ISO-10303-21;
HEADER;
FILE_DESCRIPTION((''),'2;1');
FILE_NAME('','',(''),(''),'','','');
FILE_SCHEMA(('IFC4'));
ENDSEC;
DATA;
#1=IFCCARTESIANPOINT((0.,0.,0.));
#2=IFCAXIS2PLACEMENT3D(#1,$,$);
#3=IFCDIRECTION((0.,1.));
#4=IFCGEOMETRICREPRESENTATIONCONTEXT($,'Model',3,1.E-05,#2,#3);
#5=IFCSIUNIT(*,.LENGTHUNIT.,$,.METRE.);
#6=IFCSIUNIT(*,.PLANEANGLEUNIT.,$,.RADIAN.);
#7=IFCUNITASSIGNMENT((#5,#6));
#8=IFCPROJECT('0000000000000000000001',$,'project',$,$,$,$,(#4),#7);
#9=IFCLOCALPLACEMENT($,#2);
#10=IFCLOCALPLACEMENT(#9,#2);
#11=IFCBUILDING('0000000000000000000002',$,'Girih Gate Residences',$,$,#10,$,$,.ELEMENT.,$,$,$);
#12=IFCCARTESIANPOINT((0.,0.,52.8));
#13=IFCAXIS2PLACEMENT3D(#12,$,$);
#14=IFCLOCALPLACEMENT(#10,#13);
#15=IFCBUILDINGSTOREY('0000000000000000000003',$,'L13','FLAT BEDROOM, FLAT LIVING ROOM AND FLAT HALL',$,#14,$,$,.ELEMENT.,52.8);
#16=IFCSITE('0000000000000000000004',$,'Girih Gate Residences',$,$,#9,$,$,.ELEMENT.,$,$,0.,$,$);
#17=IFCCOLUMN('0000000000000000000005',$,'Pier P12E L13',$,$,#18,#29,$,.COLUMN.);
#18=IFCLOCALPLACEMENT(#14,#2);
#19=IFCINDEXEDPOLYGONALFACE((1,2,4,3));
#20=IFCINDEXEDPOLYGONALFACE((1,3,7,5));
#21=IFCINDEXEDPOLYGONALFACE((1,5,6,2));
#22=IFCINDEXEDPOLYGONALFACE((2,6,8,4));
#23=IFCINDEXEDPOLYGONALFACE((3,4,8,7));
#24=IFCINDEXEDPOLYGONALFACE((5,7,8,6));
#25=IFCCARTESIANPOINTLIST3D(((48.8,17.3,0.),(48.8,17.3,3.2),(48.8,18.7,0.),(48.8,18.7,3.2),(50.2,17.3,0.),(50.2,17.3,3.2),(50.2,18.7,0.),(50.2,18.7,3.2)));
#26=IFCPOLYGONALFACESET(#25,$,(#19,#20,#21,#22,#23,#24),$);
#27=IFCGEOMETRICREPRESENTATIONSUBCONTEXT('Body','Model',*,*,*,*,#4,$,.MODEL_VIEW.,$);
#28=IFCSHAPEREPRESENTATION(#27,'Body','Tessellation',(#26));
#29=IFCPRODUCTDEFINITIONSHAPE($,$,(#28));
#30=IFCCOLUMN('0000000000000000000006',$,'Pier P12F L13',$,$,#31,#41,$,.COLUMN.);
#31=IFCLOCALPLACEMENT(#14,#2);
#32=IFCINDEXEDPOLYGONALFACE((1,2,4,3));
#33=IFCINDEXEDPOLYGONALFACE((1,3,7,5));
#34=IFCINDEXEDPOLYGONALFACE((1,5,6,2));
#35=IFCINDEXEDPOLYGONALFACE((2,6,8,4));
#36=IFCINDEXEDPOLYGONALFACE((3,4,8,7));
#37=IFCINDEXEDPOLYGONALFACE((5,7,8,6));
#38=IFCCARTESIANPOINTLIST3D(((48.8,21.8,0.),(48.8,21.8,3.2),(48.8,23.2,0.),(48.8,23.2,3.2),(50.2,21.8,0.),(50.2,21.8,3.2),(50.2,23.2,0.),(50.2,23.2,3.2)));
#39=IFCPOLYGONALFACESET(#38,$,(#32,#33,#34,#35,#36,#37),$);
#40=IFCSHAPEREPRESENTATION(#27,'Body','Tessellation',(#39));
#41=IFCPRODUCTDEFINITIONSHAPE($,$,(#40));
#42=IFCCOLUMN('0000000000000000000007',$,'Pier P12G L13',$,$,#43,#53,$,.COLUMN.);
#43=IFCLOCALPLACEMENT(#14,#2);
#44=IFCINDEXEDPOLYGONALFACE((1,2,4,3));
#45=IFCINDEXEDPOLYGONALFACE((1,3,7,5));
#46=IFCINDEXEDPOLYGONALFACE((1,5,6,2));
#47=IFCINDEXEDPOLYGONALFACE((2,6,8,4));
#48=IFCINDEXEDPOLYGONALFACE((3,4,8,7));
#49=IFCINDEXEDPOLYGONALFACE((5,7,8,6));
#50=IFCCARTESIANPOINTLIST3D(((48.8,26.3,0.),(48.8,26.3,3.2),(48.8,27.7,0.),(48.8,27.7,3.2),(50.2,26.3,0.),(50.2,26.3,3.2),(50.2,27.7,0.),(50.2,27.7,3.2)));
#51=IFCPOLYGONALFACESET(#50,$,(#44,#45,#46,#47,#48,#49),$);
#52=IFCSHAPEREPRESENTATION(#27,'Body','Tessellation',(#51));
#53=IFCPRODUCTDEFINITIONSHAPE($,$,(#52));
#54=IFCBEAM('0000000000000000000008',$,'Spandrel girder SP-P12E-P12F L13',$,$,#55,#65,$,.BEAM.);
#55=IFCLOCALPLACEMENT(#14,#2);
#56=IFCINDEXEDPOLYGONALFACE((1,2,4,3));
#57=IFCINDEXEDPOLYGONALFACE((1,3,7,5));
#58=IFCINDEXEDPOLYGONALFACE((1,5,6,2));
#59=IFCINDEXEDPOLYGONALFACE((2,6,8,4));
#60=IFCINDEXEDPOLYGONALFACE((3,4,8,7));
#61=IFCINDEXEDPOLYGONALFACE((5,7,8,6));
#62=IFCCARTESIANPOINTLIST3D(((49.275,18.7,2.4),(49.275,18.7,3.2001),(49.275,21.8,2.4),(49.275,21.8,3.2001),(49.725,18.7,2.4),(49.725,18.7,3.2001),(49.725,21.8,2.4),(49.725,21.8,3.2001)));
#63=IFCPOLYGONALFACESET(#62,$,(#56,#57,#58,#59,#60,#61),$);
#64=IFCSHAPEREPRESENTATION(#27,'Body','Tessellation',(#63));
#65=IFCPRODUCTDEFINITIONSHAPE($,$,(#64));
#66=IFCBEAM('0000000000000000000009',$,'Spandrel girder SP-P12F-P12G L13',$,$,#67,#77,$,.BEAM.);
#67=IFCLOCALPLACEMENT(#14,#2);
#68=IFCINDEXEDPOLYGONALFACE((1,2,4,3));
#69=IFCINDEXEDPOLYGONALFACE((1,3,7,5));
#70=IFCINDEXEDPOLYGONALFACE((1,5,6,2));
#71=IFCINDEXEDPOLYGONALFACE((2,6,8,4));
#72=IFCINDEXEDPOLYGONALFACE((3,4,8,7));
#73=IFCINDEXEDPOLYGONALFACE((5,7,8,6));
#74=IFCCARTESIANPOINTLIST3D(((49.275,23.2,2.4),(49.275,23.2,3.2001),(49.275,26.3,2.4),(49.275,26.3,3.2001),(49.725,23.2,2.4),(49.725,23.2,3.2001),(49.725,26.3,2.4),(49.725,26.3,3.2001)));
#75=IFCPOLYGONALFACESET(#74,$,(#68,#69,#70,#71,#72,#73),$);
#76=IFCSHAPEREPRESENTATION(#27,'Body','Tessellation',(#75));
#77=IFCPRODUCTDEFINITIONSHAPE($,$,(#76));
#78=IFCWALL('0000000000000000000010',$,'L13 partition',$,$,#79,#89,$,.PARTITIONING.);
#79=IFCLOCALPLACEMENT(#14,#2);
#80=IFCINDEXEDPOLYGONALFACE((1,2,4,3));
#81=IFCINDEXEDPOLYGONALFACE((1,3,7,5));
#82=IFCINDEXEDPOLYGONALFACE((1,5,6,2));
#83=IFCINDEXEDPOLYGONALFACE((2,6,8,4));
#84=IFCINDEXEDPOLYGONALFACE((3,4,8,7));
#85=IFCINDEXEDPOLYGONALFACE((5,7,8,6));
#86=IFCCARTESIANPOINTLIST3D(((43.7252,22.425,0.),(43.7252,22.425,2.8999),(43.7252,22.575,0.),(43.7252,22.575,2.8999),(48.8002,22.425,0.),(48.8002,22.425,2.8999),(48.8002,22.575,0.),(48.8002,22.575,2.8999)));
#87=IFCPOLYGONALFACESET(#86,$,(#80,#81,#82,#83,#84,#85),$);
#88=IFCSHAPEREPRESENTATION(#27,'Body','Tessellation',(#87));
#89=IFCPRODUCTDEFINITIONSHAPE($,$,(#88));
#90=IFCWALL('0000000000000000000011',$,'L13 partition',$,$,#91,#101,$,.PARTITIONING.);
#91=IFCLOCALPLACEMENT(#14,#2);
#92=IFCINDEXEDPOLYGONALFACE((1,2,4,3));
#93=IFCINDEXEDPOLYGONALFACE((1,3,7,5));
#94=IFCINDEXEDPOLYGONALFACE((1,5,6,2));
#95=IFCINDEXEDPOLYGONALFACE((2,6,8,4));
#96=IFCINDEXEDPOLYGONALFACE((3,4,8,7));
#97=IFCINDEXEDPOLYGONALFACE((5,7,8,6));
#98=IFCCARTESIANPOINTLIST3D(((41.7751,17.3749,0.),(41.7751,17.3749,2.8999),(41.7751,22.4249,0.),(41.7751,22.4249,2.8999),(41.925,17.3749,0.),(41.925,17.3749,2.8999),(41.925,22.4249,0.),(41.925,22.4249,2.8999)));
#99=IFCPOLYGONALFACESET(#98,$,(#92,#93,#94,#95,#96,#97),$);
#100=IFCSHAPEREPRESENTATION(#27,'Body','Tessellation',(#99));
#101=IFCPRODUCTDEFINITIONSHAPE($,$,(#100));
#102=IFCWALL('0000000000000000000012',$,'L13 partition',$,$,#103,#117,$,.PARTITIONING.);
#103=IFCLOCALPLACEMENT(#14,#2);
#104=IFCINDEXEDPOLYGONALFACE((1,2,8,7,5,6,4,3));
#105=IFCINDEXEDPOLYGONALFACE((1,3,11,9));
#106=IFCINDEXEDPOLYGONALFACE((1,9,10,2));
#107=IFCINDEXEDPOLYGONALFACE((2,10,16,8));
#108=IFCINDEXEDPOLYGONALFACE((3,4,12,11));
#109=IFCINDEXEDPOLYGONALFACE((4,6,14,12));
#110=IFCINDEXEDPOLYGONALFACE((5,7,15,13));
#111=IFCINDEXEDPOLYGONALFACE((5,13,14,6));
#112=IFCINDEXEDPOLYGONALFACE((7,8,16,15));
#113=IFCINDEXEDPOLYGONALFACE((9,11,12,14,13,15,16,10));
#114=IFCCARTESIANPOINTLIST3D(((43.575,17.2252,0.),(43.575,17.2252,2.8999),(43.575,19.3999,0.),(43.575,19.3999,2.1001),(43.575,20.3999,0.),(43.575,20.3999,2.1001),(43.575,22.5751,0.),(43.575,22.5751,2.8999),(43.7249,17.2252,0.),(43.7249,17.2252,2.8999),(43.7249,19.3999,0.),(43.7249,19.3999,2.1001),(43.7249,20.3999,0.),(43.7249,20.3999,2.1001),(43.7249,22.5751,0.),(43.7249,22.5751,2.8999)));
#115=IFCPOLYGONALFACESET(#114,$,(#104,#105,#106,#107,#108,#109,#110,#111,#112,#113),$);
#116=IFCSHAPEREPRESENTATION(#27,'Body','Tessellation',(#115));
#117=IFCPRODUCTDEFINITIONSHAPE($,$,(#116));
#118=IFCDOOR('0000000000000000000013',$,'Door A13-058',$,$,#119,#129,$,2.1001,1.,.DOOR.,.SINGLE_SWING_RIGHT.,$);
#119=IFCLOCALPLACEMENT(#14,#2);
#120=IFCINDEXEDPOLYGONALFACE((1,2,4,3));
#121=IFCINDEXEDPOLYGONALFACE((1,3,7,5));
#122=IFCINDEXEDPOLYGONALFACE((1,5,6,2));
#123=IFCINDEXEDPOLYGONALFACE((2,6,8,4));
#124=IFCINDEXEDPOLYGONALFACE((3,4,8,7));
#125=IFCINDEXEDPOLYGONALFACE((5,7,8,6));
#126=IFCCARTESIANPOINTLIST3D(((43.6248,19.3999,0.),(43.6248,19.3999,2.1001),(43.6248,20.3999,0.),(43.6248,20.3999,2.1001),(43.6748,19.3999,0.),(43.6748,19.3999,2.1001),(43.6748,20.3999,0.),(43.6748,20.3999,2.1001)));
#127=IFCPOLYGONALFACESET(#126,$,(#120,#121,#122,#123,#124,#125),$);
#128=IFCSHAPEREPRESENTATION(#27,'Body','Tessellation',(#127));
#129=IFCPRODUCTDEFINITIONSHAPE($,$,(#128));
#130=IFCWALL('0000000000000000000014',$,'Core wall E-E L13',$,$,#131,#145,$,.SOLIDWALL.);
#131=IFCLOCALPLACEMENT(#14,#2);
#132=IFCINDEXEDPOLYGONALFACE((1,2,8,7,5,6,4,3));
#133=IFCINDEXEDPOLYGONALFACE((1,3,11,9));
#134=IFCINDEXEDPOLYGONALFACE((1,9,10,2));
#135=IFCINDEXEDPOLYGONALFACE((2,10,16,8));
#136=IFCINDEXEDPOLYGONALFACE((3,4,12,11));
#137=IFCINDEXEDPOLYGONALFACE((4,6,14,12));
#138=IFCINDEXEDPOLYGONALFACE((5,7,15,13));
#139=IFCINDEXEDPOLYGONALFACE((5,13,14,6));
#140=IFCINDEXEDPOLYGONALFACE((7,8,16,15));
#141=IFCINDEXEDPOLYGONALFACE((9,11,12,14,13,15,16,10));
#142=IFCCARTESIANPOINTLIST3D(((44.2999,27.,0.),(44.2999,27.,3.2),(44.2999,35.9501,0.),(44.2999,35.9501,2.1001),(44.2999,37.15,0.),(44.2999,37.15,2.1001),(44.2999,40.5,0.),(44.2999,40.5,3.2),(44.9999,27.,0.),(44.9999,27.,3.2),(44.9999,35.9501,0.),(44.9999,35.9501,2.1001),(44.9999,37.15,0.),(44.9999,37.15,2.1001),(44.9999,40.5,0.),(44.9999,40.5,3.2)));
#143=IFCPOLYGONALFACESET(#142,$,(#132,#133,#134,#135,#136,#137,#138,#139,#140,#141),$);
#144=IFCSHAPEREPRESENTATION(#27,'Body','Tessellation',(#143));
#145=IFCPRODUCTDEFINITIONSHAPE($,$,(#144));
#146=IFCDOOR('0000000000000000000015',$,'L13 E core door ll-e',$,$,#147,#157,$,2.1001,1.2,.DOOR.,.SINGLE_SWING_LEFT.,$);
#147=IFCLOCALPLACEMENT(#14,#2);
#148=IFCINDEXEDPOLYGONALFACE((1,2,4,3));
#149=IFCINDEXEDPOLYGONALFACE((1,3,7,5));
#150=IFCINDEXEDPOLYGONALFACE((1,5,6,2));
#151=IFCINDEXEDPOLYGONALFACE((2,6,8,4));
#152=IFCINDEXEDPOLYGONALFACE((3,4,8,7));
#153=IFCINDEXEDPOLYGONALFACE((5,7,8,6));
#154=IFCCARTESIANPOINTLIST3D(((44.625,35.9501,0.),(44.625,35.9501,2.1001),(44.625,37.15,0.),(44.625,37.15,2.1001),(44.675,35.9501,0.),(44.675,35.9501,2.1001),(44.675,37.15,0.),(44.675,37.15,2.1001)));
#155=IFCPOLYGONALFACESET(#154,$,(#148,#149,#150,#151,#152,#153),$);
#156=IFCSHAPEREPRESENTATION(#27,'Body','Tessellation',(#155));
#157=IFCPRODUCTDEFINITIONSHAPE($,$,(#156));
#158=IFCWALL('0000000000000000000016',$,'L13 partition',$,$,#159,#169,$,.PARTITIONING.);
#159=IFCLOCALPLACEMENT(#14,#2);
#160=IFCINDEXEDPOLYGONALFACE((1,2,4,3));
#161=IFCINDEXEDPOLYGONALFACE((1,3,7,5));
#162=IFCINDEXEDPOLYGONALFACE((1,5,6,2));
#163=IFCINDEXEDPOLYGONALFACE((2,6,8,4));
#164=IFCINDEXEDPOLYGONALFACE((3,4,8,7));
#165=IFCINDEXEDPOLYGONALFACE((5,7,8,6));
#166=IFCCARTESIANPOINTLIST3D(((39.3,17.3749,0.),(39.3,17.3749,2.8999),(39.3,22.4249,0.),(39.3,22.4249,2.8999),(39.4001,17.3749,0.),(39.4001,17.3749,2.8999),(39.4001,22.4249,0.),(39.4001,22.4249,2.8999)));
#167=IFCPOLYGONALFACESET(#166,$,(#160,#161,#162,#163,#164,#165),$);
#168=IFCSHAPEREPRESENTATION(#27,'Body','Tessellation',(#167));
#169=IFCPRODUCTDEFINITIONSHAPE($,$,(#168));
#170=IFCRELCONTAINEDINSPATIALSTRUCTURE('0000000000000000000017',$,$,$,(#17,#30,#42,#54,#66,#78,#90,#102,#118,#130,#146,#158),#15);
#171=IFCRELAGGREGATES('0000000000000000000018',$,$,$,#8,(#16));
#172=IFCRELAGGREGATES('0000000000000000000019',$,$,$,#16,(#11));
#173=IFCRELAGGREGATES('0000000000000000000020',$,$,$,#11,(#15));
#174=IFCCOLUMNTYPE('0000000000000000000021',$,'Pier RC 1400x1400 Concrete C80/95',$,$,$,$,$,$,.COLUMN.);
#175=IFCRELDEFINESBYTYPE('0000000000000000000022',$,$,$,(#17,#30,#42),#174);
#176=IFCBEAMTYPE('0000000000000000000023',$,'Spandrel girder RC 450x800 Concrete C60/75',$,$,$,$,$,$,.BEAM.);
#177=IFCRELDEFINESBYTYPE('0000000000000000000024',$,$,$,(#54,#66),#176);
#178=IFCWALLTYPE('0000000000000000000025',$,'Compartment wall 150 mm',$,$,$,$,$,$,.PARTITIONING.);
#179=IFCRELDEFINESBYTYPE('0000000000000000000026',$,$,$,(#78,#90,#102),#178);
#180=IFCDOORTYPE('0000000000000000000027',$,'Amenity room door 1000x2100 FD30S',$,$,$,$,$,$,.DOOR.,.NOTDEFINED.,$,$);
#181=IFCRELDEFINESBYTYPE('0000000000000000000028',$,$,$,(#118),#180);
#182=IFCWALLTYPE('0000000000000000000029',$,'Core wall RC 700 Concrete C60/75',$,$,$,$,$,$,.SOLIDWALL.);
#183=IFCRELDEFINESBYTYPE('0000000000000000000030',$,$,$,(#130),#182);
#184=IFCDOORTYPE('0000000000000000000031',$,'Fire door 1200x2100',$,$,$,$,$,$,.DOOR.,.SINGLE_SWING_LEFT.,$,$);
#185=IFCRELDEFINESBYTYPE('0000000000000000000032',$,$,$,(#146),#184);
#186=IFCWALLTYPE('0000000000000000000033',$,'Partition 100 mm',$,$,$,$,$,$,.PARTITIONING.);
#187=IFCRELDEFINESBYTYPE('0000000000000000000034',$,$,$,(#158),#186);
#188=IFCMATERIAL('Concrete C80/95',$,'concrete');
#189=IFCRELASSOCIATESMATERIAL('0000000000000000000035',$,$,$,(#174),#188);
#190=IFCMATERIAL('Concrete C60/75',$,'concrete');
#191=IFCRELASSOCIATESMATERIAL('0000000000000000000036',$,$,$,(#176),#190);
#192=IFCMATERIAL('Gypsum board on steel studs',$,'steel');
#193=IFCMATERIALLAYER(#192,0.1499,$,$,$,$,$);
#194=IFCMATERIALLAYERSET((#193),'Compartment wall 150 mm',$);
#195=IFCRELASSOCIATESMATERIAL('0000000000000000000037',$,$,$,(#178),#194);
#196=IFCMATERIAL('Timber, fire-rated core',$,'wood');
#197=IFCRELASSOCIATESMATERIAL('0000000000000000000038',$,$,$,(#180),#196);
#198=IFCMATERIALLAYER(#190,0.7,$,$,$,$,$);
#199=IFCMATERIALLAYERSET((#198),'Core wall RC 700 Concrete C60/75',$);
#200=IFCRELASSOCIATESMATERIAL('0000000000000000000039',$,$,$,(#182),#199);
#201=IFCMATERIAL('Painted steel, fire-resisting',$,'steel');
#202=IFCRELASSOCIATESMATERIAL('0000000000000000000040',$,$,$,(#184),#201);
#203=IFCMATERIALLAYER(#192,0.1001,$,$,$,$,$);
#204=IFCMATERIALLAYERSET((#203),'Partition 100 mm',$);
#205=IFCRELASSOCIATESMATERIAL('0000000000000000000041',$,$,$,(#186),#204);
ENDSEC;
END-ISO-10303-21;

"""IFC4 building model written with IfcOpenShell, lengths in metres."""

from ifc_helpers import new_model, si_unit, direction, frame, frame_2d, origin, origin_2d, place, context, subcontext, project, spatial, rectangle, extrude, material, layer, layer_set, material_profile, profile_set, type_object, element, fill, save


model = new_model("IFC4")

# Units and contexts
model_context = context("Model", 3, precision=1e-05, world=origin(), true_north=direction((0.0, 1.0)))
body_context = subcontext(model_context, "Body", "Model", "MODEL_VIEW")
ifc_project = project(units=[si_unit("LENGTHUNIT", "METRE"), si_unit("PLANEANGLEUNIT", "RADIAN")], contexts=[model_context])

# Site, building, storey
site_placement = place(None, origin())
site = spatial("IfcSite", under=ifc_project, at=site_placement, Name="Girih Gate Residences", CompositionType="ELEMENT", RefElevation=0.0)
building_placement = place(site_placement, origin())
building = spatial("IfcBuilding", under=site, at=building_placement, Name="Girih Gate Residences", CompositionType="ELEMENT")
storey_placement = place(building_placement, frame((0.0, 0.0, 52.8)))
storey = spatial("IfcBuildingStorey", under=building, at=storey_placement, Name="L13", Description="FLAT BEDROOM, FLAT LIVING ROOM AND FLAT HALL", CompositionType="ELEMENT", Elevation=52.8)

# Columns
ifc_material_1 = material(Name="Concrete C80/95", Category="concrete")
ifc_material_profile_1 = material_profile(ifc_material_1, rectangle(XDim=1.3999, YDim=1.3999, at=origin_2d()))
ifc_profile_set_1 = profile_set([ifc_material_profile_1], Name="Concrete C80/95")
column_type = type_object("IfcColumnType", Name="Pier RC 1400x1400 Concrete C80/95", PredefinedType="COLUMN", material=ifc_profile_set_1)
for number, where, z_axis, x_axis, name in (
    (1, (49.5, 18.0, 0.0), (0.0, 0.0, 1.0), (1.0, 0.0, 0.0), "Pier P12E L13"),
    (2, (49.5, 22.5, 0.0), (0.0, 0.0, 1.0), (1.0, 0.0, 0.0), "Pier P12F L13"),
    (3, (49.5, 27.0, 0.0), (0.0, 0.0, 1.0), (1.0, 0.0, 0.0), "Pier P12G L13"),
):
    element("IfcColumn", number, at=place(storey_placement, frame(where, z_axis=z_axis, x_axis=x_axis)), inside=storey, type_object=column_type, Name=name, PredefinedType="COLUMN", context=body_context, shape_type="SweptSolid", body=[
        extrude(rectangle(XDim=1.3999, YDim=1.3999, at=origin_2d()), origin(), (0.0, 0.0, 1.0), 3.2),
    ])

# Beams
ifc_material_2 = material(Name="Concrete C60/75", Category="concrete")
ifc_material_profile_2 = material_profile(ifc_material_2, rectangle(XDim=0.45, YDim=0.8, at=origin_2d()))
ifc_profile_set_2 = profile_set([ifc_material_profile_2], Name="Concrete C60/75")
beam_type = type_object("IfcBeamType", Name="Spandrel girder RC 450x800 Concrete C60/75", PredefinedType="BEAM", material=ifc_profile_set_2)
for number, where, z_axis, x_axis, name in (
    (4, (49.5, 18.7, 2.8), (0.0, 1.0, 0.0), (-1.0, 0.0, 0.0), "Spandrel girder SP-P12E-P12F L13"),
    (5, (49.5, 23.2, 2.8), (0.0, 1.0, 0.0), (-1.0, 0.0, 0.0), "Spandrel girder SP-P12F-P12G L13"),
):
    element("IfcBeam", number, at=place(storey_placement, frame(where, z_axis=z_axis, x_axis=x_axis)), inside=storey, type_object=beam_type, Name=name, PredefinedType="BEAM", context=body_context, shape_type="SweptSolid", body=[
        extrude(rectangle(XDim=0.45, YDim=0.8, at=origin_2d()), origin(), (0.0, 0.0, 1.0), 3.1001),
    ])

# Walls
ifc_material_3 = material(Name="Gypsum board on steel studs", Category="steel")
ifc_layer_1 = layer(ifc_material_3, 0.1499)
ifc_layer_set_1 = layer_set([ifc_layer_1], Name="Compartment wall 150 mm")
wall_type_1 = type_object("IfcWallType", Name="Compartment wall 150 mm", PredefinedType="PARTITIONING", material=ifc_layer_set_1)
wall_1_placement = place(storey_placement, frame((43.7251, 22.5, 0.0), z_axis=(0.0, 0.0, 1.0), x_axis=(1.0, 0.0, 0.0)))
element("IfcWall", 6, at=wall_1_placement, inside=storey, type_object=wall_type_1, Name="L13 partition", PredefinedType="PARTITIONING", context=body_context, shape_type="SweptSolid", body=[
    extrude(rectangle(XDim=5.075, YDim=0.1499, at=frame_2d((2.5376, 0.0))), origin(), (0.0, 0.0, 1.0), 2.8999),
])
wall_2_placement = place(storey_placement, frame((41.8501, 17.375, 0.0), z_axis=(0.0, 0.0, 1.0), x_axis=(0.0, 1.0, 0.0)))
element("IfcWall", 7, at=wall_2_placement, inside=storey, type_object=wall_type_1, Name="L13 partition", PredefinedType="PARTITIONING", context=body_context, shape_type="SweptSolid", body=[
    extrude(rectangle(XDim=5.05, YDim=0.1499, at=frame_2d((2.5249, 0.0))), origin(), (0.0, 0.0, 1.0), 2.8999),
])

# Walls, openings, doors
wall_3_placement = place(storey_placement, frame((43.6499, 22.575, 0.0), z_axis=(0.0, 0.0, 1.0), x_axis=(0.0, -1.0, 0.0)))
wall_3 = element("IfcWall", 8, at=wall_3_placement, inside=storey, type_object=wall_type_1, Name="L13 partition", PredefinedType="PARTITIONING", context=body_context, shape_type="SweptSolid", body=[
    extrude(rectangle(XDim=5.3499, YDim=0.1499, at=frame_2d((2.6748, 0.0))), origin(), (0.0, 0.0, 1.0), 2.8999),
])
opening_1_placement = place(wall_3_placement, frame((2.175, 0.0, 0.0)))
opening_1 = element("IfcOpeningElement", 9, at=opening_1_placement, cuts=wall_3, PredefinedType="OPENING", context=body_context, shape_type="SweptSolid", body=[
    extrude(rectangle(XDim=1.0, YDim=2.1001, at=frame_2d((0.5, 1.05))), frame((0.0, 0.085, 0.0), z_axis=(0.0, -1.0, 0.0), x_axis=(1.0, 0.0, 0.0)), (0.0, 0.0, 1.0), 0.1699),
])
ifc_material_4 = material(Name="Timber, fire-rated core", Category="wood")
door_type_1 = type_object("IfcDoorType", Name="Amenity room door 1000x2100 FD30S", OperationType="NOTDEFINED", PredefinedType="DOOR", material=ifc_material_4)
door_1_placement = place(opening_1_placement, origin())
door_1 = element("IfcDoor", 10, at=door_1_placement, inside=storey, type_object=door_type_1, Name="Door A13-058", OperationType="SINGLE_SWING_RIGHT", OverallHeight=2.1001, OverallWidth=1.0, PredefinedType="DOOR", context=body_context, shape_type="SweptSolid", body=[
    extrude(rectangle(XDim=1.0, YDim=2.1001, at=frame_2d((0.5, 1.05))), frame((0.0, 0.0249, 0.0), z_axis=(0.0, -1.0, 0.0), x_axis=(1.0, 0.0, 0.0)), (0.0, 0.0, 1.0), 0.05),
])
fill(opening_1, door_1)
ifc_layer_2 = layer(ifc_material_2, 0.7)
ifc_layer_set_2 = layer_set([ifc_layer_2], Name="Core wall RC 700 Concrete C60/75")
wall_type_2 = type_object("IfcWallType", Name="Core wall RC 700 Concrete C60/75", PredefinedType="SOLIDWALL", material=ifc_layer_set_2)
wall_4_placement = place(storey_placement, frame((44.6499, 27.0, 0.0), z_axis=(0.0, 0.0, 1.0), x_axis=(0.0, 1.0, 0.0)))
wall_4 = element("IfcWall", 11, at=wall_4_placement, inside=storey, type_object=wall_type_2, Name="Core wall E-E L13", PredefinedType="SOLIDWALL", context=body_context, shape_type="SweptSolid", body=[
    extrude(rectangle(XDim=13.5, YDim=0.7, at=frame_2d((6.75, 0.0))), origin(), (0.0, 0.0, 1.0), 3.2),
])
opening_2_placement = place(wall_4_placement, frame((8.95, 0.0, 0.0)))
opening_2 = element("IfcOpeningElement", 12, at=opening_2_placement, cuts=wall_4, PredefinedType="OPENING", context=body_context, shape_type="SweptSolid", body=[
    extrude(rectangle(XDim=1.2, YDim=2.1001, at=frame_2d((0.6001, 1.05))), frame((0.0, 0.3599, 0.0), z_axis=(0.0, -1.0, 0.0), x_axis=(1.0, 0.0, 0.0)), (0.0, 0.0, 1.0), 0.72),
])
ifc_material_5 = material(Name="Painted steel, fire-resisting", Category="steel")
door_type_2 = type_object("IfcDoorType", Name="Fire door 1200x2100", OperationType="SINGLE_SWING_LEFT", PredefinedType="DOOR", material=ifc_material_5)
door_2_placement = place(opening_2_placement, origin())
door_2 = element("IfcDoor", 13, at=door_2_placement, inside=storey, type_object=door_type_2, Name="L13 E core door ll-e", OperationType="SINGLE_SWING_LEFT", OverallHeight=2.1001, OverallWidth=1.2, PredefinedType="DOOR", context=body_context, shape_type="SweptSolid", body=[
    extrude(rectangle(XDim=1.2, YDim=2.1001, at=frame_2d((0.6001, 1.05))), frame((0.0, 0.0249, 0.0), z_axis=(0.0, -1.0, 0.0), x_axis=(1.0, 0.0, 0.0)), (0.0, 0.0, 1.0), 0.05),
])
fill(opening_2, door_2)

# Wall
ifc_layer_3 = layer(ifc_material_3, 0.1001)
ifc_layer_set_3 = layer_set([ifc_layer_3], Name="Partition 100 mm")
wall_type_3 = type_object("IfcWallType", Name="Partition 100 mm", PredefinedType="PARTITIONING", material=ifc_layer_set_3)
wall_5_placement = place(storey_placement, frame((39.3501, 17.375, 0.0), z_axis=(0.0, 0.0, 1.0), x_axis=(0.0, 1.0, 0.0)))
element("IfcWall", 14, at=wall_5_placement, inside=storey, type_object=wall_type_3, Name="L13 partition", PredefinedType="PARTITIONING", context=body_context, shape_type="SweptSolid", body=[
    extrude(rectangle(XDim=5.05, YDim=0.1001, at=frame_2d((2.5249, 0.0))), origin(), (0.0, 0.0, 1.0), 2.8999),
])

save(model, "model.ifc")
